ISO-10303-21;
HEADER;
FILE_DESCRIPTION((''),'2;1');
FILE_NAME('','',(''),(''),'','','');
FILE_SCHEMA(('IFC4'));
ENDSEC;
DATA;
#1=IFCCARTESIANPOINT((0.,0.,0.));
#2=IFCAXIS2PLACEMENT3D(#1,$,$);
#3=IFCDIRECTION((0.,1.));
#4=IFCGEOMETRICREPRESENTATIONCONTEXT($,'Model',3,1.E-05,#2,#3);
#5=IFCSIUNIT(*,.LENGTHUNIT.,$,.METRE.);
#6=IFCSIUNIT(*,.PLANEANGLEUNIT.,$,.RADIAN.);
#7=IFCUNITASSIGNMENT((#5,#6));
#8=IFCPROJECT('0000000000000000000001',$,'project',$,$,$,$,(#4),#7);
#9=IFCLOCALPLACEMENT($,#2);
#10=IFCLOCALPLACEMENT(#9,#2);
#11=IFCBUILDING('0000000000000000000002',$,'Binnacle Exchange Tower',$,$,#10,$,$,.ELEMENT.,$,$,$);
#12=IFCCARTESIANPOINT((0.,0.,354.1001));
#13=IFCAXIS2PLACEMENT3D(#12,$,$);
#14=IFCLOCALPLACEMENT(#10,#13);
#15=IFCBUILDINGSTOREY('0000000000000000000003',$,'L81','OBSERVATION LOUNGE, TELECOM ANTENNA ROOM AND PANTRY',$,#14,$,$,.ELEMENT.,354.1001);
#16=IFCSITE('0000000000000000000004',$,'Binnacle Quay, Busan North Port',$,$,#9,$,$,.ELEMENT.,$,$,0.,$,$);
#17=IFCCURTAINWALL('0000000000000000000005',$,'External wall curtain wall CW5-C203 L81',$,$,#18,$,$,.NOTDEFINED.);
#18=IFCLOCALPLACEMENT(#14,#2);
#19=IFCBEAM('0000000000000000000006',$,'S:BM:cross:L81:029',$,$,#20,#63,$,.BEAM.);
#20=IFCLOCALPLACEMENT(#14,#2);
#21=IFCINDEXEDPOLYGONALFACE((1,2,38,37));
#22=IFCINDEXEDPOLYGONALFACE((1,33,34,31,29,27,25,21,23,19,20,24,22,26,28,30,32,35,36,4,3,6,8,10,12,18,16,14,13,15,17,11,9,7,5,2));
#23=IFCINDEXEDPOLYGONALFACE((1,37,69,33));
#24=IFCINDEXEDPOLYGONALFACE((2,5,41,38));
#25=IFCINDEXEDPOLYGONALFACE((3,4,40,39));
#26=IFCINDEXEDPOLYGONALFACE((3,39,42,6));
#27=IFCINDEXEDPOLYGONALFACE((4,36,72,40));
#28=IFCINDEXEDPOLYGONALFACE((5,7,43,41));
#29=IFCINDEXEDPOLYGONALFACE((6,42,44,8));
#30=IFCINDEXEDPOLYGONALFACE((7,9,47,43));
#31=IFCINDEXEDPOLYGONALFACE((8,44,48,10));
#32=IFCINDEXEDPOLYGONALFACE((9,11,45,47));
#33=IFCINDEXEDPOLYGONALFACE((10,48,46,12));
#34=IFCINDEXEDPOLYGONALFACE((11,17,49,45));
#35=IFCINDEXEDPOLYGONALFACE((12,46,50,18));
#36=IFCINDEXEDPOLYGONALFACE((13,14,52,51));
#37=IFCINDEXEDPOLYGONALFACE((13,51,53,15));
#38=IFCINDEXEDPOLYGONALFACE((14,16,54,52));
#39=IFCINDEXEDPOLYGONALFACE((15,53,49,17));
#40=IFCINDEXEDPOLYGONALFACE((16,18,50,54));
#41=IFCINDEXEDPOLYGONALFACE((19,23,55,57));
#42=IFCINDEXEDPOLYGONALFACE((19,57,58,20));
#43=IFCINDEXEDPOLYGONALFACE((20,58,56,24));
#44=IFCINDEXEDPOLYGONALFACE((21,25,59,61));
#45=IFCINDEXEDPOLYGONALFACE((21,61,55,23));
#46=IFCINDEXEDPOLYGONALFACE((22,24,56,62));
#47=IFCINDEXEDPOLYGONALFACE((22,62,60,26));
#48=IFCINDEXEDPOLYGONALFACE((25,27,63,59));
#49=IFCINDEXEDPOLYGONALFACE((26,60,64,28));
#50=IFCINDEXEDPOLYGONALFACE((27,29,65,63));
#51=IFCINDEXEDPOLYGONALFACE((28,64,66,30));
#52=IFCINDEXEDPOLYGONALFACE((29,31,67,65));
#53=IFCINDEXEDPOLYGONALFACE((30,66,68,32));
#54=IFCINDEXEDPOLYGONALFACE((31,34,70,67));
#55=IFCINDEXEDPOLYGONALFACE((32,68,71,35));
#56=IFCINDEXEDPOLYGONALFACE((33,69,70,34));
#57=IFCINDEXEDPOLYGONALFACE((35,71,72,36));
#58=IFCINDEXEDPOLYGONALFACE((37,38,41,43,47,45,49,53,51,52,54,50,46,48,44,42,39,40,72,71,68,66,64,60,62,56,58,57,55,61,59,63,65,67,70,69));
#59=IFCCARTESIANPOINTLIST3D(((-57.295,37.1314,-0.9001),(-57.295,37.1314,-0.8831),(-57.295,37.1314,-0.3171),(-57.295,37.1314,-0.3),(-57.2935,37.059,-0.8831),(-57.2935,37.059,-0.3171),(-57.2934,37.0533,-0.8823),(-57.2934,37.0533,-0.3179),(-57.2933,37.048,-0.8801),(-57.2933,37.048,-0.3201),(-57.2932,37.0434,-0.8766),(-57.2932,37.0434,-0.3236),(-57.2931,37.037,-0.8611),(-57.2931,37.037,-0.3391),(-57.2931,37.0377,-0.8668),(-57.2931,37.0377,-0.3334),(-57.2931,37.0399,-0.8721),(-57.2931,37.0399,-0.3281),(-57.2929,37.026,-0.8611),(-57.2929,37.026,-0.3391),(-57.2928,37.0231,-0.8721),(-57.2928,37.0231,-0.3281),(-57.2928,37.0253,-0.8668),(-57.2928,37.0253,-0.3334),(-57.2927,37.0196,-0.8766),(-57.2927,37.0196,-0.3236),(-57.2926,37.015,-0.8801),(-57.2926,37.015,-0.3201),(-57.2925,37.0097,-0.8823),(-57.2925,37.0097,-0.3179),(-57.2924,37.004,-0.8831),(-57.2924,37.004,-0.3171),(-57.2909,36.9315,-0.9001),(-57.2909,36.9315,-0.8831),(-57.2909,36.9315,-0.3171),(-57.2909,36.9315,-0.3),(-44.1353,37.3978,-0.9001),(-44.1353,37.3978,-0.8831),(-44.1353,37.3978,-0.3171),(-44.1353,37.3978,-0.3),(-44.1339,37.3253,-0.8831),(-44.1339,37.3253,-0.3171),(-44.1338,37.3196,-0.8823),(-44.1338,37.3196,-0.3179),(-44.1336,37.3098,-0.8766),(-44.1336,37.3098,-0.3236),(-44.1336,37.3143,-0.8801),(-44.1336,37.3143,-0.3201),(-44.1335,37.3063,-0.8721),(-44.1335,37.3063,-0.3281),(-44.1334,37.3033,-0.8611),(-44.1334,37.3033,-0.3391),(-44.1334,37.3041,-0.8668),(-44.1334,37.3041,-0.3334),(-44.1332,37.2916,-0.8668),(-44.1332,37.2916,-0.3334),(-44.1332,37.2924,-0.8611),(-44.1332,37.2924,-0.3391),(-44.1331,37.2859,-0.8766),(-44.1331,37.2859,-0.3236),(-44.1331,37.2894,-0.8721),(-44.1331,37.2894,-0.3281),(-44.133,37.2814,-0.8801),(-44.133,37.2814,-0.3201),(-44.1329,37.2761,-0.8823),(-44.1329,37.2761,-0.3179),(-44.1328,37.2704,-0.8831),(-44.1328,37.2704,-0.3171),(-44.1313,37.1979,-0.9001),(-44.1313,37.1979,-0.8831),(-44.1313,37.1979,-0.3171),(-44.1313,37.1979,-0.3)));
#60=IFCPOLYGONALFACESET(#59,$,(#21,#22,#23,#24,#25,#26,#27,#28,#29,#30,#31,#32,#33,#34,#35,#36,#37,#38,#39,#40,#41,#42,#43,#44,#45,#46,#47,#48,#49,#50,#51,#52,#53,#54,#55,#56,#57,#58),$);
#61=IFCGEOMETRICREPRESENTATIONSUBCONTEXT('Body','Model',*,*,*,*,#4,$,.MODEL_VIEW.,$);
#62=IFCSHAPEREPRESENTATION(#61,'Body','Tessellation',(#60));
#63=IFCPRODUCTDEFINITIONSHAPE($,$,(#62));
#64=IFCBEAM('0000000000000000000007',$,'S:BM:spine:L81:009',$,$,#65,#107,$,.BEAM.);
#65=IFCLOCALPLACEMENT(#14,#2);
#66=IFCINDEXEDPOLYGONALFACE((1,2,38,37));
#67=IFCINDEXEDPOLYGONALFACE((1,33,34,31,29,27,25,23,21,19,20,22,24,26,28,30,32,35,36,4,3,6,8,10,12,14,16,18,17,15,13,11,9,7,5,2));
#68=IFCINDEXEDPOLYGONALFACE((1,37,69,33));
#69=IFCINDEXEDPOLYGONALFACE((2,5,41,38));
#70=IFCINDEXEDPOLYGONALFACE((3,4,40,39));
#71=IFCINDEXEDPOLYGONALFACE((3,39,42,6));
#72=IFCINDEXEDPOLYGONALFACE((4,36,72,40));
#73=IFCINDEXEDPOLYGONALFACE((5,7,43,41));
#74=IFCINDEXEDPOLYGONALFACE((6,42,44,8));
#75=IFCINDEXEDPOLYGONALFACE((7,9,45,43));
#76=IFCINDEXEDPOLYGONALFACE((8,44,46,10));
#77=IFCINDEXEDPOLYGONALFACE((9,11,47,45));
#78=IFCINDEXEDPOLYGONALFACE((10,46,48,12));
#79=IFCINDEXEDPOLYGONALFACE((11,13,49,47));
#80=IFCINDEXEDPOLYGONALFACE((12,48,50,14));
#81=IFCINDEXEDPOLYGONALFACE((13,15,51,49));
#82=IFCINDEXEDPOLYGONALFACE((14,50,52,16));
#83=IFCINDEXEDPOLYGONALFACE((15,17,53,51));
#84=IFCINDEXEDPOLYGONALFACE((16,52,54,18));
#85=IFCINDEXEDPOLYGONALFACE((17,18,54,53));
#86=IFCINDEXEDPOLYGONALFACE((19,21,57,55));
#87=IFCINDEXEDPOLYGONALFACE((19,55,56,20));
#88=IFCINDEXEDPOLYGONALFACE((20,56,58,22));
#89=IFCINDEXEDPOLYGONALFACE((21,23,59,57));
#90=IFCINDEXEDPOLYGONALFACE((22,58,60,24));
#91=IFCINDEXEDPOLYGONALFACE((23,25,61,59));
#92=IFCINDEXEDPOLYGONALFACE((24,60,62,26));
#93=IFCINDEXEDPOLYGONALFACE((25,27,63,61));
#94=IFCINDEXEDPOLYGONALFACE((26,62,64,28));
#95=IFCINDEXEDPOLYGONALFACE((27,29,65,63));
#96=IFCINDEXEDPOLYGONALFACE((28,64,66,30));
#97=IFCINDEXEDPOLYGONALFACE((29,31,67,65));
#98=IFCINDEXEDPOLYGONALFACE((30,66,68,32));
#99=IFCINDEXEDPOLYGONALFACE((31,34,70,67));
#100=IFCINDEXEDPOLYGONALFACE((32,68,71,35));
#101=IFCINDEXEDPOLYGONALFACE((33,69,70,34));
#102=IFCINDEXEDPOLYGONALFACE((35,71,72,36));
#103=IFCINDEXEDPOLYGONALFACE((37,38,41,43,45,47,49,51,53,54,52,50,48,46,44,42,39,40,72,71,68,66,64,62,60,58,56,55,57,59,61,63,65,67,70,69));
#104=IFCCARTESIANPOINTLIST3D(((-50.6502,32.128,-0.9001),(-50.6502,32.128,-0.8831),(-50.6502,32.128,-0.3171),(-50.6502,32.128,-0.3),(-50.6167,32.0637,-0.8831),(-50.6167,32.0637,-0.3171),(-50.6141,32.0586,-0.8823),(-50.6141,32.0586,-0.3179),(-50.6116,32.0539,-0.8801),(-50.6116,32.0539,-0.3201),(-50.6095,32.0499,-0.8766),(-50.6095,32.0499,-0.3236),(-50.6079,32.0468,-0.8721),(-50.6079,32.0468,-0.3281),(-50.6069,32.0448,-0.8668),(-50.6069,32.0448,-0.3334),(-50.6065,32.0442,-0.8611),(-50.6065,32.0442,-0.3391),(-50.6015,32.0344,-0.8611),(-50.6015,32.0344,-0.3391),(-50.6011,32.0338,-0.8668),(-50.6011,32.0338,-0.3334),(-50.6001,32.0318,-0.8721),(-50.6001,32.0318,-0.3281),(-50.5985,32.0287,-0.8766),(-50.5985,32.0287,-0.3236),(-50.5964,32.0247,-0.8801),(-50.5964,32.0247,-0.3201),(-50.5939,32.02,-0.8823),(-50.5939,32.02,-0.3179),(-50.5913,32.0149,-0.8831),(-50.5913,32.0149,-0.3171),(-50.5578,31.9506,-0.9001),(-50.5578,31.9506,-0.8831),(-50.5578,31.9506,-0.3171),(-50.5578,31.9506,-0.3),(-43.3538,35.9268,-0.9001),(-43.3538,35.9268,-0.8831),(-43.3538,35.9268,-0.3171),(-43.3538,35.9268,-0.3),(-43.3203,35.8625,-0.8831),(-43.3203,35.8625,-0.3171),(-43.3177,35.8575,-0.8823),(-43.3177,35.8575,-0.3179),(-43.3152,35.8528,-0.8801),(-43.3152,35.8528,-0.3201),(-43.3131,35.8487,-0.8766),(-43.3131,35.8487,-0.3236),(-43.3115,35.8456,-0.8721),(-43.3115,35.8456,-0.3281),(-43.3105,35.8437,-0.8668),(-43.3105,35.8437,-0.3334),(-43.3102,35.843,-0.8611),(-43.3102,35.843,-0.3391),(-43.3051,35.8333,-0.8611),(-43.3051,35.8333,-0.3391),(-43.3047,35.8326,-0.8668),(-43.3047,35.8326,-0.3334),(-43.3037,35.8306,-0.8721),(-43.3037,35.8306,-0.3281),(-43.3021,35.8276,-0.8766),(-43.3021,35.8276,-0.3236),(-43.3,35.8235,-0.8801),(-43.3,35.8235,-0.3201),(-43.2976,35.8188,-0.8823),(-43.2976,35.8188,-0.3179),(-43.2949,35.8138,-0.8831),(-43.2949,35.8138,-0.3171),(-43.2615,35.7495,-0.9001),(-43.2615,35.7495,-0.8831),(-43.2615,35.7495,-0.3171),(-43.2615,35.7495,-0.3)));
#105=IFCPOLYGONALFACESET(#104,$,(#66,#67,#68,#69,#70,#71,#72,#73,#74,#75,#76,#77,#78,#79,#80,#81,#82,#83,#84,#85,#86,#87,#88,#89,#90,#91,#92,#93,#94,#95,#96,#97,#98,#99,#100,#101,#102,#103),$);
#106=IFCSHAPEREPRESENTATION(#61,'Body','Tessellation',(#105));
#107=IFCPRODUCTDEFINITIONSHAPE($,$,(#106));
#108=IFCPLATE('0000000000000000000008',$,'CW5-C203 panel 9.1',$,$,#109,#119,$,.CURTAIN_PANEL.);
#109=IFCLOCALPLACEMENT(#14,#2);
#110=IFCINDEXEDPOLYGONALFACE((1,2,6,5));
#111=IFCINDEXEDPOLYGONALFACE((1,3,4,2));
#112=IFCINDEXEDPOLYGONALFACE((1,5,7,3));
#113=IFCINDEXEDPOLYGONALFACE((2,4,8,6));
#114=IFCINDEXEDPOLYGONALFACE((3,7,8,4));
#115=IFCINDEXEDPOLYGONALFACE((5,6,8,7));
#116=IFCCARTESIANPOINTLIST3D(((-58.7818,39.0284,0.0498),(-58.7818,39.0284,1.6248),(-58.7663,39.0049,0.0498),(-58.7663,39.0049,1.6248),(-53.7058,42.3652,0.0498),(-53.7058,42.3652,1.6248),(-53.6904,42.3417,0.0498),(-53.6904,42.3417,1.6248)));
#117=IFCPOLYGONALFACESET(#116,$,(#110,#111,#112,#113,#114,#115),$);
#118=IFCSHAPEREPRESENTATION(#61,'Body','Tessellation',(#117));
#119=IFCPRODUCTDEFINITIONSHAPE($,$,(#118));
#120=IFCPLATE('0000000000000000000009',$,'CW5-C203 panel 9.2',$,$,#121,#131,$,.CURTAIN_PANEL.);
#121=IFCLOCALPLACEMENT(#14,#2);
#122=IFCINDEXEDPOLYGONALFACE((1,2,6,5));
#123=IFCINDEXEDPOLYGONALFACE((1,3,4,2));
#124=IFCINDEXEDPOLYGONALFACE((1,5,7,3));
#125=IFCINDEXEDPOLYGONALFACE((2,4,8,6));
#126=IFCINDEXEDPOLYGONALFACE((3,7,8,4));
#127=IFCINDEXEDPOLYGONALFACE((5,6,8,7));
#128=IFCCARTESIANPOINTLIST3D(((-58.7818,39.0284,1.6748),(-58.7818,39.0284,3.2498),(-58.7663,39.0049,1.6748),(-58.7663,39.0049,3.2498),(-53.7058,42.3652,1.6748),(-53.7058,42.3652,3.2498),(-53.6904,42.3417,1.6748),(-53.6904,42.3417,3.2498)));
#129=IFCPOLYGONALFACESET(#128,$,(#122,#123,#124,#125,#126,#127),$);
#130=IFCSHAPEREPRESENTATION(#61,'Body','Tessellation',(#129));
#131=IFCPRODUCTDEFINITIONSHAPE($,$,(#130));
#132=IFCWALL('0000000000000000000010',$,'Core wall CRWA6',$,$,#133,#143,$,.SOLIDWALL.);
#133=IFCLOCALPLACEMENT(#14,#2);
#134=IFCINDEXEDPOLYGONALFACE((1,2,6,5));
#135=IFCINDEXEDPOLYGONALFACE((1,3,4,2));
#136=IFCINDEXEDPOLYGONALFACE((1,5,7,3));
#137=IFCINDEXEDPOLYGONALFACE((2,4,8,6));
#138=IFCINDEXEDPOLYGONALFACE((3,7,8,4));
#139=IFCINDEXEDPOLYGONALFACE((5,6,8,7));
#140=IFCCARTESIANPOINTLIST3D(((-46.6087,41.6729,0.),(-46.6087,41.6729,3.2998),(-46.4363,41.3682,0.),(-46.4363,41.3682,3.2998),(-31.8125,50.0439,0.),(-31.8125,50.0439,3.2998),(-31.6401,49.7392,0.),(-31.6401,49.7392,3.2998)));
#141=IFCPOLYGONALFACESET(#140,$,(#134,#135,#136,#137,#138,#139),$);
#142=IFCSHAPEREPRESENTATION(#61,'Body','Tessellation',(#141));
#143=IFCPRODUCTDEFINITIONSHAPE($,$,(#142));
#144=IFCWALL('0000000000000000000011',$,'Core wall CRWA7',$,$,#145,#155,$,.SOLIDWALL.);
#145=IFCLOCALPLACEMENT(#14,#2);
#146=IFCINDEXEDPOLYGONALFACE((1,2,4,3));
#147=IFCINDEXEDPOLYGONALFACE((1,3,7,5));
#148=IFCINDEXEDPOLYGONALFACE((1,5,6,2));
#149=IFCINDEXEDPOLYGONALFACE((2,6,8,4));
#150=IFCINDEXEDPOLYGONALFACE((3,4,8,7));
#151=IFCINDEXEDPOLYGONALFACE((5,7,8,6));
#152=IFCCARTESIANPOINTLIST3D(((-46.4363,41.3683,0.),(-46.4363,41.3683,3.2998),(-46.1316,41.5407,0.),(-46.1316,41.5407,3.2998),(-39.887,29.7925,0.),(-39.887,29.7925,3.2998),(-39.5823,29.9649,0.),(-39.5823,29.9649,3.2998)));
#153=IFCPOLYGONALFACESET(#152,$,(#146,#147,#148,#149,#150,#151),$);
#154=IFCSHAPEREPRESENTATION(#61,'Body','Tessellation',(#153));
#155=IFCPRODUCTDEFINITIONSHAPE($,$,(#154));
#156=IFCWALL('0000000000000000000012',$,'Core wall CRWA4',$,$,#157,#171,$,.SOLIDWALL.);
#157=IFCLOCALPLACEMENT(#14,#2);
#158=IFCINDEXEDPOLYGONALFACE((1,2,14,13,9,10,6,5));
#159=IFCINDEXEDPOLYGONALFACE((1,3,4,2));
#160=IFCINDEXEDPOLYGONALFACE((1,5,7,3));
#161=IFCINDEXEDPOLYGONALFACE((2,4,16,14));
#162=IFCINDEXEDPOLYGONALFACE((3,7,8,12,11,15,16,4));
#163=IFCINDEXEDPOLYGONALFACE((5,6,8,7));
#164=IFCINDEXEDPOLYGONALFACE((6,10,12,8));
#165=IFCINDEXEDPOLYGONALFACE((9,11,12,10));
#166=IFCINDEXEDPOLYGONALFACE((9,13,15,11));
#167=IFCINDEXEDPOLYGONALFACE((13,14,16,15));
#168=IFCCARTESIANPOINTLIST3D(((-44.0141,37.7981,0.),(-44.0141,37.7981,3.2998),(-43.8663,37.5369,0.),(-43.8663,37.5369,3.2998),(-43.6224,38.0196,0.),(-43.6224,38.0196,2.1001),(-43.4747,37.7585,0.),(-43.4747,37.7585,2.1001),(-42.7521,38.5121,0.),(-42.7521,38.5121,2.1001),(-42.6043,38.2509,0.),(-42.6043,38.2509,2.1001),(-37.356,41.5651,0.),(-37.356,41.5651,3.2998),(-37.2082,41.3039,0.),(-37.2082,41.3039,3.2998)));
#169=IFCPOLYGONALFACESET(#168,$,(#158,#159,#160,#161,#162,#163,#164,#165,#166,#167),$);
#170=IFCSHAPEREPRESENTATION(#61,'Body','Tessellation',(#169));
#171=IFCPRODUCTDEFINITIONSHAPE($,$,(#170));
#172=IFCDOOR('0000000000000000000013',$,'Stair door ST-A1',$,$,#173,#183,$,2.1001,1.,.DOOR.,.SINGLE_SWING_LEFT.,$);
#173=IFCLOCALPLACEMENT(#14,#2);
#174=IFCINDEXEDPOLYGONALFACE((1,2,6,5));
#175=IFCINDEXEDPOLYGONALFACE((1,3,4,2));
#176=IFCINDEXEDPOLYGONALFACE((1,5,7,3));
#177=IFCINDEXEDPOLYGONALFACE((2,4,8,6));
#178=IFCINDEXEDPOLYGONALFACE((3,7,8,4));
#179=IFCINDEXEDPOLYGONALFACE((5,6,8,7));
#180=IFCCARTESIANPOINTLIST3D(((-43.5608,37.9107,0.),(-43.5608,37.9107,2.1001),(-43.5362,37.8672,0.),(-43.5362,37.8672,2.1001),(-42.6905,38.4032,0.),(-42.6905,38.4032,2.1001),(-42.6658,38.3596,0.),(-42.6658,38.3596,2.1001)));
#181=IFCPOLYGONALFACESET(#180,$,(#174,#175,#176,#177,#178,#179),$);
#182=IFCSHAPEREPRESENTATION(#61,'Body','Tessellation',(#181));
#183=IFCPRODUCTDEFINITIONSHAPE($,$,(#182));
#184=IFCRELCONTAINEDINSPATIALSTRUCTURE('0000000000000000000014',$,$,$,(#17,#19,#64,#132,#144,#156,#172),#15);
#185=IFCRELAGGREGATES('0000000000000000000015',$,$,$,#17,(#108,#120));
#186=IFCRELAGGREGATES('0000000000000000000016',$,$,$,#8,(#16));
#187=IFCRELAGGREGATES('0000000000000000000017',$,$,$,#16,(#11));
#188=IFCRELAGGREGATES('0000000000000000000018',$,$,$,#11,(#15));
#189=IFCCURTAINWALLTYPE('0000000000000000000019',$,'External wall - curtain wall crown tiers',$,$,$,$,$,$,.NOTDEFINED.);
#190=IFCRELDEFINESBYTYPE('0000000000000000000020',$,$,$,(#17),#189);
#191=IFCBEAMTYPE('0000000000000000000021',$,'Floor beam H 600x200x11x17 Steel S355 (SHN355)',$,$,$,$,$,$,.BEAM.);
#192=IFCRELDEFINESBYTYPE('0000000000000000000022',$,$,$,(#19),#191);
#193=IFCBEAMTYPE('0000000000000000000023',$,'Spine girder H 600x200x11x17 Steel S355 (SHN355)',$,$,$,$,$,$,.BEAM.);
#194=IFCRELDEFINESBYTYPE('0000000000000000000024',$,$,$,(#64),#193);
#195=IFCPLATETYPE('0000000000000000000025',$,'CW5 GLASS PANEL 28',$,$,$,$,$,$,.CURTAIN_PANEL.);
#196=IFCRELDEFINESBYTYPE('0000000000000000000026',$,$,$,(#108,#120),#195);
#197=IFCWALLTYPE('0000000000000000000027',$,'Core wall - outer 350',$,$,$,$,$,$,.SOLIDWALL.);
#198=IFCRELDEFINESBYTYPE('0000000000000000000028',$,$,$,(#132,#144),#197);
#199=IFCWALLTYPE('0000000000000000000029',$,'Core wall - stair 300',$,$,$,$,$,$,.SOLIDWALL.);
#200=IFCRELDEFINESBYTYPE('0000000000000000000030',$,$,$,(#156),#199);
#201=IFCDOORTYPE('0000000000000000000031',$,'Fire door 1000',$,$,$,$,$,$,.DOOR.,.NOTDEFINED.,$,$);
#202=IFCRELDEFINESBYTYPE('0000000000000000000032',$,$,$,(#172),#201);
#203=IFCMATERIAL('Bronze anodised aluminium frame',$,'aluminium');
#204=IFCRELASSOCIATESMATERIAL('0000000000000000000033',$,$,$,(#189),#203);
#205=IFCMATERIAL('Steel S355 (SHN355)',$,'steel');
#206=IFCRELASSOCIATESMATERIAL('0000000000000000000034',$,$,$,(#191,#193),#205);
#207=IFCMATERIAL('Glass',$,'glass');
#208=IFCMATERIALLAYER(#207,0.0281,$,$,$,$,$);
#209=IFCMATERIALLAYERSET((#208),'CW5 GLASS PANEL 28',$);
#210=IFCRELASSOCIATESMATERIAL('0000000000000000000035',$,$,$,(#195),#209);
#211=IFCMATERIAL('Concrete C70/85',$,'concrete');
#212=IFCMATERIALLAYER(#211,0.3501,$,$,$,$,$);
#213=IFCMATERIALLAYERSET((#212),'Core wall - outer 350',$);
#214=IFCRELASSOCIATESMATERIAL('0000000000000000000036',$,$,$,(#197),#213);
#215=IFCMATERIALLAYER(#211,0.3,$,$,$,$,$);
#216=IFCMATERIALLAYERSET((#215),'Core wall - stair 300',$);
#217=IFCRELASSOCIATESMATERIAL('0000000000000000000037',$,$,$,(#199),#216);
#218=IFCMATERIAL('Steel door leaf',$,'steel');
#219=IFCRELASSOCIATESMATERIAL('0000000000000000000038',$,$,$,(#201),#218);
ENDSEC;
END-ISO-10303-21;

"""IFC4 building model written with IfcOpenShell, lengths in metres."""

from ifc_helpers import new_model, si_unit, direction, frame, frame_2d, origin, origin_2d, place, context, subcontext, project, spatial, rectangle, i_section, extrude, material, layer, layer_set, material_profile, profile_set, type_object, element, fill, aggregate, save


model = new_model("IFC4")

# Units and contexts
model_context = context("Model", 3, precision=1e-05, world=origin(), true_north=direction((0.0, 1.0)))
body_context = subcontext(model_context, "Body", "Model", "MODEL_VIEW")
ifc_project = project(units=[si_unit("LENGTHUNIT", "METRE"), si_unit("PLANEANGLEUNIT", "RADIAN")], contexts=[model_context])

# Site, building, storey
site_placement = place(None, origin())
site = spatial("IfcSite", under=ifc_project, at=site_placement, Name="Binnacle Quay, Busan North Port", CompositionType="ELEMENT", RefElevation=0.0)
building_placement = place(site_placement, origin())
building = spatial("IfcBuilding", under=site, at=building_placement, Name="Binnacle Exchange Tower", CompositionType="ELEMENT")
storey_placement = place(building_placement, frame((0.0, 0.0, 354.1001)))
storey = spatial("IfcBuildingStorey", under=building, at=storey_placement, Name="L81", Description="OBSERVATION LOUNGE, TELECOM ANTENNA ROOM AND PANTRY", CompositionType="ELEMENT", Elevation=354.1001)

# Shared definitions
ifc_material_1 = material(Name="Steel S355 (SHN355)", Category="steel")

# Curtain wall
ifc_material_2 = material(Name="Bronze anodised aluminium frame", Category="aluminium")
curtain_wall_type = type_object("IfcCurtainWallType", Name="External wall - curtain wall crown tiers", PredefinedType="NOTDEFINED", material=ifc_material_2)
curtain_wall_placement = place(storey_placement, origin())
curtain_wall = element("IfcCurtainWall", 1, at=curtain_wall_placement, inside=storey, type_object=curtain_wall_type, Name="External wall curtain wall CW5-C203 L81", PredefinedType="NOTDEFINED")

# Beams
ifc_material_profile_1 = material_profile(ifc_material_1, i_section(OverallWidth=0.2, OverallDepth=0.6001, WebThickness=0.011, FlangeThickness=0.0171, FilletRadius=0.022, at=origin_2d()), Name="H 600x200x11x17")
ifc_profile_set_1 = profile_set([ifc_material_profile_1], Name="Steel S355 (SHN355)")
beam_type_1 = type_object("IfcBeamType", Name="Floor beam H 600x200x11x17 Steel S355 (SHN355)", PredefinedType="BEAM", material=ifc_profile_set_1)
beam_1_placement = place(storey_placement, frame((-57.293, 37.0315, -0.6001), z_axis=(0.999795, 0.020236, 0.0), x_axis=(-0.020236, 0.999795, 0.0)))
element("IfcBeam", 2, at=beam_1_placement, inside=storey, type_object=beam_type_1, Name="S:BM:cross:L81:029", PredefinedType="BEAM", context=body_context, shape_type="SweptSolid", body=[
    extrude(i_section(OverallWidth=0.2, OverallDepth=0.6001, WebThickness=0.011, FlangeThickness=0.0171, FilletRadius=0.022, at=origin_2d()), origin(), (0.0, 0.0, 1.0), 13.1624),
])
ifc_material_profile_2 = material_profile(ifc_material_1, i_section(OverallWidth=0.2, OverallDepth=0.6001, WebThickness=0.011, FlangeThickness=0.0171, FilletRadius=0.022, at=origin_2d()), Name="H 600x200x11x17")
ifc_profile_set_2 = profile_set([ifc_material_profile_2], Name="Steel S355 (SHN355)")
beam_type_2 = type_object("IfcBeamType", Name="Spine girder H 600x200x11x17 Steel S355 (SHN355)", PredefinedType="BEAM", material=ifc_profile_set_2)
beam_2_placement = place(storey_placement, frame((-50.604, 32.0393, -0.6001), z_axis=(0.886982, 0.461803, 0.0), x_axis=(-0.461803, 0.886982, 0.0)))
element("IfcBeam", 3, at=beam_2_placement, inside=storey, type_object=beam_type_2, Name="S:BM:spine:L81:009", PredefinedType="BEAM", context=body_context, shape_type="SweptSolid", body=[
    extrude(i_section(OverallWidth=0.2, OverallDepth=0.6001, WebThickness=0.011, FlangeThickness=0.0171, FilletRadius=0.022, at=origin_2d()), origin(), (0.0, 0.0, 1.0), 8.2261),
])

# Plates
ifc_material_3 = material(Name="Glass", Category="glass")
ifc_layer_1 = layer(ifc_material_3, 0.0281)
ifc_layer_set_1 = layer_set([ifc_layer_1], Name="CW5 GLASS PANEL 28")
plate_type = type_object("IfcPlateType", Name="CW5 GLASS PANEL 28", PredefinedType="CURTAIN_PANEL", material=ifc_layer_set_1)
plate_1_placement = place(storey_placement, frame((-56.2361, 40.6851, 0.0498), z_axis=(0.0, 0.0, 1.0), x_axis=(-0.835618, -0.54931, 0.0)))
plate_1 = element("IfcPlate", 4, at=plate_1_placement, type_object=plate_type, Name="CW5-C203 panel 9.1", PredefinedType="CURTAIN_PANEL", context=body_context, shape_type="SweptSolid", body=[
    extrude(rectangle(XDim=6.0745, YDim=0.0281, at=origin_2d()), origin(), (0.0, 0.0, 1.0), 1.575),
])
plate_2_placement = place(storey_placement, frame((-56.2361, 40.6851, 1.6748), z_axis=(0.0, 0.0, 1.0), x_axis=(-0.835618, -0.54931, 0.0)))
plate_2 = element("IfcPlate", 5, at=plate_2_placement, type_object=plate_type, Name="CW5-C203 panel 9.2", PredefinedType="CURTAIN_PANEL", context=body_context, shape_type="SweptSolid", body=[
    extrude(rectangle(XDim=6.0745, YDim=0.0281, at=origin_2d()), origin(), (0.0, 0.0, 1.0), 1.575),
])
aggregate(curtain_wall, [plate_1, plate_2])

# Walls
ifc_material_4 = material(Name="Concrete C70/85", Category="concrete")
ifc_layer_2 = layer(ifc_material_4, 0.3501)
ifc_layer_set_2 = layer_set([ifc_layer_2], Name="Core wall - outer 350")
wall_type_1 = type_object("IfcWallType", Name="Core wall - outer 350", PredefinedType="SOLIDWALL", material=ifc_layer_set_2)
wall_1_placement = place(storey_placement, frame((-46.5225, 41.5205, 0.0), z_axis=(0.0, 0.0, 1.0), x_axis=(0.87036, 0.492416, 0.0)))
element("IfcWall", 6, at=wall_1_placement, inside=storey, type_object=wall_type_1, Name="Core wall CRWA6", PredefinedType="SOLIDWALL", context=body_context, shape_type="SweptSolid", body=[
    extrude(rectangle(XDim=17.0, YDim=0.3501, at=frame_2d((8.5, 0.0))), origin(), (0.0, 0.0, 1.0), 3.2998),
])
wall_2_placement = place(storey_placement, frame((-46.2839, 41.4543, 0.0), z_axis=(0.0, 0.0, 1.0), x_axis=(0.49243, -0.870352, 0.0)))
element("IfcWall", 7, at=wall_2_placement, inside=storey, type_object=wall_type_1, Name="Core wall CRWA7", PredefinedType="SOLIDWALL", context=body_context, shape_type="SweptSolid", body=[
    extrude(rectangle(XDim=13.3, YDim=0.3501, at=frame_2d((6.6499, 0.0))), origin(), (0.0, 0.0, 1.0), 3.2998),
])

# Wall, opening, door
ifc_layer_3 = layer(ifc_material_4, 0.3)
ifc_layer_set_3 = layer_set([ifc_layer_3], Name="Core wall - stair 300")
wall_type_2 = type_object("IfcWallType", Name="Core wall - stair 300", PredefinedType="SOLIDWALL", material=ifc_layer_set_3)
wall_3_placement = place(storey_placement, frame((-43.9402, 37.6675, 0.0), z_axis=(0.0, 0.0, 1.0), x_axis=(0.870352, 0.492429, 0.0)))
wall_3 = element("IfcWall", 8, at=wall_3_placement, inside=storey, type_object=wall_type_2, Name="Core wall CRWA4", PredefinedType="SOLIDWALL", context=body_context, shape_type="SweptSolid", body=[
    extrude(rectangle(XDim=7.6499, YDim=0.3, at=frame_2d((3.825, 0.0))), origin(), (0.0, 0.0, 1.0), 3.2998),
])
opening_placement = place(wall_3_placement, frame((0.45, 0.0, 0.0)))
opening = element("IfcOpeningElement", 9, at=opening_placement, cuts=wall_3, PredefinedType="OPENING", context=body_context, shape_type="SweptSolid", body=[
    extrude(rectangle(XDim=1.0, YDim=2.1001, at=frame_2d((0.5, 1.05))), frame((0.0, 0.1599, 0.0), z_axis=(0.0, -1.0, 0.0), x_axis=(1.0, 0.0, 0.0)), (0.0, 0.0, 1.0), 0.3201),
])
ifc_material_5 = material(Name="Steel door leaf", Category="steel")
door_type = type_object("IfcDoorType", Name="Fire door 1000", OperationType="NOTDEFINED", PredefinedType="DOOR", material=ifc_material_5)
door_placement = place(opening_placement, origin())
door = element("IfcDoor", 10, at=door_placement, inside=storey, type_object=door_type, Name="Stair door ST-A1", OperationType="SINGLE_SWING_LEFT", OverallHeight=2.1001, OverallWidth=1.0, PredefinedType="DOOR", context=body_context, shape_type="SweptSolid", body=[
    extrude(rectangle(XDim=1.0, YDim=2.1001, at=frame_2d((0.5, 1.05))), frame((0.0, 0.0249, 0.0), z_axis=(0.0, -1.0, 0.0), x_axis=(1.0, 0.0, 0.0)), (0.0, 0.0, 1.0), 0.05),
])
fill(opening, door)

save(model, "model.ifc")
